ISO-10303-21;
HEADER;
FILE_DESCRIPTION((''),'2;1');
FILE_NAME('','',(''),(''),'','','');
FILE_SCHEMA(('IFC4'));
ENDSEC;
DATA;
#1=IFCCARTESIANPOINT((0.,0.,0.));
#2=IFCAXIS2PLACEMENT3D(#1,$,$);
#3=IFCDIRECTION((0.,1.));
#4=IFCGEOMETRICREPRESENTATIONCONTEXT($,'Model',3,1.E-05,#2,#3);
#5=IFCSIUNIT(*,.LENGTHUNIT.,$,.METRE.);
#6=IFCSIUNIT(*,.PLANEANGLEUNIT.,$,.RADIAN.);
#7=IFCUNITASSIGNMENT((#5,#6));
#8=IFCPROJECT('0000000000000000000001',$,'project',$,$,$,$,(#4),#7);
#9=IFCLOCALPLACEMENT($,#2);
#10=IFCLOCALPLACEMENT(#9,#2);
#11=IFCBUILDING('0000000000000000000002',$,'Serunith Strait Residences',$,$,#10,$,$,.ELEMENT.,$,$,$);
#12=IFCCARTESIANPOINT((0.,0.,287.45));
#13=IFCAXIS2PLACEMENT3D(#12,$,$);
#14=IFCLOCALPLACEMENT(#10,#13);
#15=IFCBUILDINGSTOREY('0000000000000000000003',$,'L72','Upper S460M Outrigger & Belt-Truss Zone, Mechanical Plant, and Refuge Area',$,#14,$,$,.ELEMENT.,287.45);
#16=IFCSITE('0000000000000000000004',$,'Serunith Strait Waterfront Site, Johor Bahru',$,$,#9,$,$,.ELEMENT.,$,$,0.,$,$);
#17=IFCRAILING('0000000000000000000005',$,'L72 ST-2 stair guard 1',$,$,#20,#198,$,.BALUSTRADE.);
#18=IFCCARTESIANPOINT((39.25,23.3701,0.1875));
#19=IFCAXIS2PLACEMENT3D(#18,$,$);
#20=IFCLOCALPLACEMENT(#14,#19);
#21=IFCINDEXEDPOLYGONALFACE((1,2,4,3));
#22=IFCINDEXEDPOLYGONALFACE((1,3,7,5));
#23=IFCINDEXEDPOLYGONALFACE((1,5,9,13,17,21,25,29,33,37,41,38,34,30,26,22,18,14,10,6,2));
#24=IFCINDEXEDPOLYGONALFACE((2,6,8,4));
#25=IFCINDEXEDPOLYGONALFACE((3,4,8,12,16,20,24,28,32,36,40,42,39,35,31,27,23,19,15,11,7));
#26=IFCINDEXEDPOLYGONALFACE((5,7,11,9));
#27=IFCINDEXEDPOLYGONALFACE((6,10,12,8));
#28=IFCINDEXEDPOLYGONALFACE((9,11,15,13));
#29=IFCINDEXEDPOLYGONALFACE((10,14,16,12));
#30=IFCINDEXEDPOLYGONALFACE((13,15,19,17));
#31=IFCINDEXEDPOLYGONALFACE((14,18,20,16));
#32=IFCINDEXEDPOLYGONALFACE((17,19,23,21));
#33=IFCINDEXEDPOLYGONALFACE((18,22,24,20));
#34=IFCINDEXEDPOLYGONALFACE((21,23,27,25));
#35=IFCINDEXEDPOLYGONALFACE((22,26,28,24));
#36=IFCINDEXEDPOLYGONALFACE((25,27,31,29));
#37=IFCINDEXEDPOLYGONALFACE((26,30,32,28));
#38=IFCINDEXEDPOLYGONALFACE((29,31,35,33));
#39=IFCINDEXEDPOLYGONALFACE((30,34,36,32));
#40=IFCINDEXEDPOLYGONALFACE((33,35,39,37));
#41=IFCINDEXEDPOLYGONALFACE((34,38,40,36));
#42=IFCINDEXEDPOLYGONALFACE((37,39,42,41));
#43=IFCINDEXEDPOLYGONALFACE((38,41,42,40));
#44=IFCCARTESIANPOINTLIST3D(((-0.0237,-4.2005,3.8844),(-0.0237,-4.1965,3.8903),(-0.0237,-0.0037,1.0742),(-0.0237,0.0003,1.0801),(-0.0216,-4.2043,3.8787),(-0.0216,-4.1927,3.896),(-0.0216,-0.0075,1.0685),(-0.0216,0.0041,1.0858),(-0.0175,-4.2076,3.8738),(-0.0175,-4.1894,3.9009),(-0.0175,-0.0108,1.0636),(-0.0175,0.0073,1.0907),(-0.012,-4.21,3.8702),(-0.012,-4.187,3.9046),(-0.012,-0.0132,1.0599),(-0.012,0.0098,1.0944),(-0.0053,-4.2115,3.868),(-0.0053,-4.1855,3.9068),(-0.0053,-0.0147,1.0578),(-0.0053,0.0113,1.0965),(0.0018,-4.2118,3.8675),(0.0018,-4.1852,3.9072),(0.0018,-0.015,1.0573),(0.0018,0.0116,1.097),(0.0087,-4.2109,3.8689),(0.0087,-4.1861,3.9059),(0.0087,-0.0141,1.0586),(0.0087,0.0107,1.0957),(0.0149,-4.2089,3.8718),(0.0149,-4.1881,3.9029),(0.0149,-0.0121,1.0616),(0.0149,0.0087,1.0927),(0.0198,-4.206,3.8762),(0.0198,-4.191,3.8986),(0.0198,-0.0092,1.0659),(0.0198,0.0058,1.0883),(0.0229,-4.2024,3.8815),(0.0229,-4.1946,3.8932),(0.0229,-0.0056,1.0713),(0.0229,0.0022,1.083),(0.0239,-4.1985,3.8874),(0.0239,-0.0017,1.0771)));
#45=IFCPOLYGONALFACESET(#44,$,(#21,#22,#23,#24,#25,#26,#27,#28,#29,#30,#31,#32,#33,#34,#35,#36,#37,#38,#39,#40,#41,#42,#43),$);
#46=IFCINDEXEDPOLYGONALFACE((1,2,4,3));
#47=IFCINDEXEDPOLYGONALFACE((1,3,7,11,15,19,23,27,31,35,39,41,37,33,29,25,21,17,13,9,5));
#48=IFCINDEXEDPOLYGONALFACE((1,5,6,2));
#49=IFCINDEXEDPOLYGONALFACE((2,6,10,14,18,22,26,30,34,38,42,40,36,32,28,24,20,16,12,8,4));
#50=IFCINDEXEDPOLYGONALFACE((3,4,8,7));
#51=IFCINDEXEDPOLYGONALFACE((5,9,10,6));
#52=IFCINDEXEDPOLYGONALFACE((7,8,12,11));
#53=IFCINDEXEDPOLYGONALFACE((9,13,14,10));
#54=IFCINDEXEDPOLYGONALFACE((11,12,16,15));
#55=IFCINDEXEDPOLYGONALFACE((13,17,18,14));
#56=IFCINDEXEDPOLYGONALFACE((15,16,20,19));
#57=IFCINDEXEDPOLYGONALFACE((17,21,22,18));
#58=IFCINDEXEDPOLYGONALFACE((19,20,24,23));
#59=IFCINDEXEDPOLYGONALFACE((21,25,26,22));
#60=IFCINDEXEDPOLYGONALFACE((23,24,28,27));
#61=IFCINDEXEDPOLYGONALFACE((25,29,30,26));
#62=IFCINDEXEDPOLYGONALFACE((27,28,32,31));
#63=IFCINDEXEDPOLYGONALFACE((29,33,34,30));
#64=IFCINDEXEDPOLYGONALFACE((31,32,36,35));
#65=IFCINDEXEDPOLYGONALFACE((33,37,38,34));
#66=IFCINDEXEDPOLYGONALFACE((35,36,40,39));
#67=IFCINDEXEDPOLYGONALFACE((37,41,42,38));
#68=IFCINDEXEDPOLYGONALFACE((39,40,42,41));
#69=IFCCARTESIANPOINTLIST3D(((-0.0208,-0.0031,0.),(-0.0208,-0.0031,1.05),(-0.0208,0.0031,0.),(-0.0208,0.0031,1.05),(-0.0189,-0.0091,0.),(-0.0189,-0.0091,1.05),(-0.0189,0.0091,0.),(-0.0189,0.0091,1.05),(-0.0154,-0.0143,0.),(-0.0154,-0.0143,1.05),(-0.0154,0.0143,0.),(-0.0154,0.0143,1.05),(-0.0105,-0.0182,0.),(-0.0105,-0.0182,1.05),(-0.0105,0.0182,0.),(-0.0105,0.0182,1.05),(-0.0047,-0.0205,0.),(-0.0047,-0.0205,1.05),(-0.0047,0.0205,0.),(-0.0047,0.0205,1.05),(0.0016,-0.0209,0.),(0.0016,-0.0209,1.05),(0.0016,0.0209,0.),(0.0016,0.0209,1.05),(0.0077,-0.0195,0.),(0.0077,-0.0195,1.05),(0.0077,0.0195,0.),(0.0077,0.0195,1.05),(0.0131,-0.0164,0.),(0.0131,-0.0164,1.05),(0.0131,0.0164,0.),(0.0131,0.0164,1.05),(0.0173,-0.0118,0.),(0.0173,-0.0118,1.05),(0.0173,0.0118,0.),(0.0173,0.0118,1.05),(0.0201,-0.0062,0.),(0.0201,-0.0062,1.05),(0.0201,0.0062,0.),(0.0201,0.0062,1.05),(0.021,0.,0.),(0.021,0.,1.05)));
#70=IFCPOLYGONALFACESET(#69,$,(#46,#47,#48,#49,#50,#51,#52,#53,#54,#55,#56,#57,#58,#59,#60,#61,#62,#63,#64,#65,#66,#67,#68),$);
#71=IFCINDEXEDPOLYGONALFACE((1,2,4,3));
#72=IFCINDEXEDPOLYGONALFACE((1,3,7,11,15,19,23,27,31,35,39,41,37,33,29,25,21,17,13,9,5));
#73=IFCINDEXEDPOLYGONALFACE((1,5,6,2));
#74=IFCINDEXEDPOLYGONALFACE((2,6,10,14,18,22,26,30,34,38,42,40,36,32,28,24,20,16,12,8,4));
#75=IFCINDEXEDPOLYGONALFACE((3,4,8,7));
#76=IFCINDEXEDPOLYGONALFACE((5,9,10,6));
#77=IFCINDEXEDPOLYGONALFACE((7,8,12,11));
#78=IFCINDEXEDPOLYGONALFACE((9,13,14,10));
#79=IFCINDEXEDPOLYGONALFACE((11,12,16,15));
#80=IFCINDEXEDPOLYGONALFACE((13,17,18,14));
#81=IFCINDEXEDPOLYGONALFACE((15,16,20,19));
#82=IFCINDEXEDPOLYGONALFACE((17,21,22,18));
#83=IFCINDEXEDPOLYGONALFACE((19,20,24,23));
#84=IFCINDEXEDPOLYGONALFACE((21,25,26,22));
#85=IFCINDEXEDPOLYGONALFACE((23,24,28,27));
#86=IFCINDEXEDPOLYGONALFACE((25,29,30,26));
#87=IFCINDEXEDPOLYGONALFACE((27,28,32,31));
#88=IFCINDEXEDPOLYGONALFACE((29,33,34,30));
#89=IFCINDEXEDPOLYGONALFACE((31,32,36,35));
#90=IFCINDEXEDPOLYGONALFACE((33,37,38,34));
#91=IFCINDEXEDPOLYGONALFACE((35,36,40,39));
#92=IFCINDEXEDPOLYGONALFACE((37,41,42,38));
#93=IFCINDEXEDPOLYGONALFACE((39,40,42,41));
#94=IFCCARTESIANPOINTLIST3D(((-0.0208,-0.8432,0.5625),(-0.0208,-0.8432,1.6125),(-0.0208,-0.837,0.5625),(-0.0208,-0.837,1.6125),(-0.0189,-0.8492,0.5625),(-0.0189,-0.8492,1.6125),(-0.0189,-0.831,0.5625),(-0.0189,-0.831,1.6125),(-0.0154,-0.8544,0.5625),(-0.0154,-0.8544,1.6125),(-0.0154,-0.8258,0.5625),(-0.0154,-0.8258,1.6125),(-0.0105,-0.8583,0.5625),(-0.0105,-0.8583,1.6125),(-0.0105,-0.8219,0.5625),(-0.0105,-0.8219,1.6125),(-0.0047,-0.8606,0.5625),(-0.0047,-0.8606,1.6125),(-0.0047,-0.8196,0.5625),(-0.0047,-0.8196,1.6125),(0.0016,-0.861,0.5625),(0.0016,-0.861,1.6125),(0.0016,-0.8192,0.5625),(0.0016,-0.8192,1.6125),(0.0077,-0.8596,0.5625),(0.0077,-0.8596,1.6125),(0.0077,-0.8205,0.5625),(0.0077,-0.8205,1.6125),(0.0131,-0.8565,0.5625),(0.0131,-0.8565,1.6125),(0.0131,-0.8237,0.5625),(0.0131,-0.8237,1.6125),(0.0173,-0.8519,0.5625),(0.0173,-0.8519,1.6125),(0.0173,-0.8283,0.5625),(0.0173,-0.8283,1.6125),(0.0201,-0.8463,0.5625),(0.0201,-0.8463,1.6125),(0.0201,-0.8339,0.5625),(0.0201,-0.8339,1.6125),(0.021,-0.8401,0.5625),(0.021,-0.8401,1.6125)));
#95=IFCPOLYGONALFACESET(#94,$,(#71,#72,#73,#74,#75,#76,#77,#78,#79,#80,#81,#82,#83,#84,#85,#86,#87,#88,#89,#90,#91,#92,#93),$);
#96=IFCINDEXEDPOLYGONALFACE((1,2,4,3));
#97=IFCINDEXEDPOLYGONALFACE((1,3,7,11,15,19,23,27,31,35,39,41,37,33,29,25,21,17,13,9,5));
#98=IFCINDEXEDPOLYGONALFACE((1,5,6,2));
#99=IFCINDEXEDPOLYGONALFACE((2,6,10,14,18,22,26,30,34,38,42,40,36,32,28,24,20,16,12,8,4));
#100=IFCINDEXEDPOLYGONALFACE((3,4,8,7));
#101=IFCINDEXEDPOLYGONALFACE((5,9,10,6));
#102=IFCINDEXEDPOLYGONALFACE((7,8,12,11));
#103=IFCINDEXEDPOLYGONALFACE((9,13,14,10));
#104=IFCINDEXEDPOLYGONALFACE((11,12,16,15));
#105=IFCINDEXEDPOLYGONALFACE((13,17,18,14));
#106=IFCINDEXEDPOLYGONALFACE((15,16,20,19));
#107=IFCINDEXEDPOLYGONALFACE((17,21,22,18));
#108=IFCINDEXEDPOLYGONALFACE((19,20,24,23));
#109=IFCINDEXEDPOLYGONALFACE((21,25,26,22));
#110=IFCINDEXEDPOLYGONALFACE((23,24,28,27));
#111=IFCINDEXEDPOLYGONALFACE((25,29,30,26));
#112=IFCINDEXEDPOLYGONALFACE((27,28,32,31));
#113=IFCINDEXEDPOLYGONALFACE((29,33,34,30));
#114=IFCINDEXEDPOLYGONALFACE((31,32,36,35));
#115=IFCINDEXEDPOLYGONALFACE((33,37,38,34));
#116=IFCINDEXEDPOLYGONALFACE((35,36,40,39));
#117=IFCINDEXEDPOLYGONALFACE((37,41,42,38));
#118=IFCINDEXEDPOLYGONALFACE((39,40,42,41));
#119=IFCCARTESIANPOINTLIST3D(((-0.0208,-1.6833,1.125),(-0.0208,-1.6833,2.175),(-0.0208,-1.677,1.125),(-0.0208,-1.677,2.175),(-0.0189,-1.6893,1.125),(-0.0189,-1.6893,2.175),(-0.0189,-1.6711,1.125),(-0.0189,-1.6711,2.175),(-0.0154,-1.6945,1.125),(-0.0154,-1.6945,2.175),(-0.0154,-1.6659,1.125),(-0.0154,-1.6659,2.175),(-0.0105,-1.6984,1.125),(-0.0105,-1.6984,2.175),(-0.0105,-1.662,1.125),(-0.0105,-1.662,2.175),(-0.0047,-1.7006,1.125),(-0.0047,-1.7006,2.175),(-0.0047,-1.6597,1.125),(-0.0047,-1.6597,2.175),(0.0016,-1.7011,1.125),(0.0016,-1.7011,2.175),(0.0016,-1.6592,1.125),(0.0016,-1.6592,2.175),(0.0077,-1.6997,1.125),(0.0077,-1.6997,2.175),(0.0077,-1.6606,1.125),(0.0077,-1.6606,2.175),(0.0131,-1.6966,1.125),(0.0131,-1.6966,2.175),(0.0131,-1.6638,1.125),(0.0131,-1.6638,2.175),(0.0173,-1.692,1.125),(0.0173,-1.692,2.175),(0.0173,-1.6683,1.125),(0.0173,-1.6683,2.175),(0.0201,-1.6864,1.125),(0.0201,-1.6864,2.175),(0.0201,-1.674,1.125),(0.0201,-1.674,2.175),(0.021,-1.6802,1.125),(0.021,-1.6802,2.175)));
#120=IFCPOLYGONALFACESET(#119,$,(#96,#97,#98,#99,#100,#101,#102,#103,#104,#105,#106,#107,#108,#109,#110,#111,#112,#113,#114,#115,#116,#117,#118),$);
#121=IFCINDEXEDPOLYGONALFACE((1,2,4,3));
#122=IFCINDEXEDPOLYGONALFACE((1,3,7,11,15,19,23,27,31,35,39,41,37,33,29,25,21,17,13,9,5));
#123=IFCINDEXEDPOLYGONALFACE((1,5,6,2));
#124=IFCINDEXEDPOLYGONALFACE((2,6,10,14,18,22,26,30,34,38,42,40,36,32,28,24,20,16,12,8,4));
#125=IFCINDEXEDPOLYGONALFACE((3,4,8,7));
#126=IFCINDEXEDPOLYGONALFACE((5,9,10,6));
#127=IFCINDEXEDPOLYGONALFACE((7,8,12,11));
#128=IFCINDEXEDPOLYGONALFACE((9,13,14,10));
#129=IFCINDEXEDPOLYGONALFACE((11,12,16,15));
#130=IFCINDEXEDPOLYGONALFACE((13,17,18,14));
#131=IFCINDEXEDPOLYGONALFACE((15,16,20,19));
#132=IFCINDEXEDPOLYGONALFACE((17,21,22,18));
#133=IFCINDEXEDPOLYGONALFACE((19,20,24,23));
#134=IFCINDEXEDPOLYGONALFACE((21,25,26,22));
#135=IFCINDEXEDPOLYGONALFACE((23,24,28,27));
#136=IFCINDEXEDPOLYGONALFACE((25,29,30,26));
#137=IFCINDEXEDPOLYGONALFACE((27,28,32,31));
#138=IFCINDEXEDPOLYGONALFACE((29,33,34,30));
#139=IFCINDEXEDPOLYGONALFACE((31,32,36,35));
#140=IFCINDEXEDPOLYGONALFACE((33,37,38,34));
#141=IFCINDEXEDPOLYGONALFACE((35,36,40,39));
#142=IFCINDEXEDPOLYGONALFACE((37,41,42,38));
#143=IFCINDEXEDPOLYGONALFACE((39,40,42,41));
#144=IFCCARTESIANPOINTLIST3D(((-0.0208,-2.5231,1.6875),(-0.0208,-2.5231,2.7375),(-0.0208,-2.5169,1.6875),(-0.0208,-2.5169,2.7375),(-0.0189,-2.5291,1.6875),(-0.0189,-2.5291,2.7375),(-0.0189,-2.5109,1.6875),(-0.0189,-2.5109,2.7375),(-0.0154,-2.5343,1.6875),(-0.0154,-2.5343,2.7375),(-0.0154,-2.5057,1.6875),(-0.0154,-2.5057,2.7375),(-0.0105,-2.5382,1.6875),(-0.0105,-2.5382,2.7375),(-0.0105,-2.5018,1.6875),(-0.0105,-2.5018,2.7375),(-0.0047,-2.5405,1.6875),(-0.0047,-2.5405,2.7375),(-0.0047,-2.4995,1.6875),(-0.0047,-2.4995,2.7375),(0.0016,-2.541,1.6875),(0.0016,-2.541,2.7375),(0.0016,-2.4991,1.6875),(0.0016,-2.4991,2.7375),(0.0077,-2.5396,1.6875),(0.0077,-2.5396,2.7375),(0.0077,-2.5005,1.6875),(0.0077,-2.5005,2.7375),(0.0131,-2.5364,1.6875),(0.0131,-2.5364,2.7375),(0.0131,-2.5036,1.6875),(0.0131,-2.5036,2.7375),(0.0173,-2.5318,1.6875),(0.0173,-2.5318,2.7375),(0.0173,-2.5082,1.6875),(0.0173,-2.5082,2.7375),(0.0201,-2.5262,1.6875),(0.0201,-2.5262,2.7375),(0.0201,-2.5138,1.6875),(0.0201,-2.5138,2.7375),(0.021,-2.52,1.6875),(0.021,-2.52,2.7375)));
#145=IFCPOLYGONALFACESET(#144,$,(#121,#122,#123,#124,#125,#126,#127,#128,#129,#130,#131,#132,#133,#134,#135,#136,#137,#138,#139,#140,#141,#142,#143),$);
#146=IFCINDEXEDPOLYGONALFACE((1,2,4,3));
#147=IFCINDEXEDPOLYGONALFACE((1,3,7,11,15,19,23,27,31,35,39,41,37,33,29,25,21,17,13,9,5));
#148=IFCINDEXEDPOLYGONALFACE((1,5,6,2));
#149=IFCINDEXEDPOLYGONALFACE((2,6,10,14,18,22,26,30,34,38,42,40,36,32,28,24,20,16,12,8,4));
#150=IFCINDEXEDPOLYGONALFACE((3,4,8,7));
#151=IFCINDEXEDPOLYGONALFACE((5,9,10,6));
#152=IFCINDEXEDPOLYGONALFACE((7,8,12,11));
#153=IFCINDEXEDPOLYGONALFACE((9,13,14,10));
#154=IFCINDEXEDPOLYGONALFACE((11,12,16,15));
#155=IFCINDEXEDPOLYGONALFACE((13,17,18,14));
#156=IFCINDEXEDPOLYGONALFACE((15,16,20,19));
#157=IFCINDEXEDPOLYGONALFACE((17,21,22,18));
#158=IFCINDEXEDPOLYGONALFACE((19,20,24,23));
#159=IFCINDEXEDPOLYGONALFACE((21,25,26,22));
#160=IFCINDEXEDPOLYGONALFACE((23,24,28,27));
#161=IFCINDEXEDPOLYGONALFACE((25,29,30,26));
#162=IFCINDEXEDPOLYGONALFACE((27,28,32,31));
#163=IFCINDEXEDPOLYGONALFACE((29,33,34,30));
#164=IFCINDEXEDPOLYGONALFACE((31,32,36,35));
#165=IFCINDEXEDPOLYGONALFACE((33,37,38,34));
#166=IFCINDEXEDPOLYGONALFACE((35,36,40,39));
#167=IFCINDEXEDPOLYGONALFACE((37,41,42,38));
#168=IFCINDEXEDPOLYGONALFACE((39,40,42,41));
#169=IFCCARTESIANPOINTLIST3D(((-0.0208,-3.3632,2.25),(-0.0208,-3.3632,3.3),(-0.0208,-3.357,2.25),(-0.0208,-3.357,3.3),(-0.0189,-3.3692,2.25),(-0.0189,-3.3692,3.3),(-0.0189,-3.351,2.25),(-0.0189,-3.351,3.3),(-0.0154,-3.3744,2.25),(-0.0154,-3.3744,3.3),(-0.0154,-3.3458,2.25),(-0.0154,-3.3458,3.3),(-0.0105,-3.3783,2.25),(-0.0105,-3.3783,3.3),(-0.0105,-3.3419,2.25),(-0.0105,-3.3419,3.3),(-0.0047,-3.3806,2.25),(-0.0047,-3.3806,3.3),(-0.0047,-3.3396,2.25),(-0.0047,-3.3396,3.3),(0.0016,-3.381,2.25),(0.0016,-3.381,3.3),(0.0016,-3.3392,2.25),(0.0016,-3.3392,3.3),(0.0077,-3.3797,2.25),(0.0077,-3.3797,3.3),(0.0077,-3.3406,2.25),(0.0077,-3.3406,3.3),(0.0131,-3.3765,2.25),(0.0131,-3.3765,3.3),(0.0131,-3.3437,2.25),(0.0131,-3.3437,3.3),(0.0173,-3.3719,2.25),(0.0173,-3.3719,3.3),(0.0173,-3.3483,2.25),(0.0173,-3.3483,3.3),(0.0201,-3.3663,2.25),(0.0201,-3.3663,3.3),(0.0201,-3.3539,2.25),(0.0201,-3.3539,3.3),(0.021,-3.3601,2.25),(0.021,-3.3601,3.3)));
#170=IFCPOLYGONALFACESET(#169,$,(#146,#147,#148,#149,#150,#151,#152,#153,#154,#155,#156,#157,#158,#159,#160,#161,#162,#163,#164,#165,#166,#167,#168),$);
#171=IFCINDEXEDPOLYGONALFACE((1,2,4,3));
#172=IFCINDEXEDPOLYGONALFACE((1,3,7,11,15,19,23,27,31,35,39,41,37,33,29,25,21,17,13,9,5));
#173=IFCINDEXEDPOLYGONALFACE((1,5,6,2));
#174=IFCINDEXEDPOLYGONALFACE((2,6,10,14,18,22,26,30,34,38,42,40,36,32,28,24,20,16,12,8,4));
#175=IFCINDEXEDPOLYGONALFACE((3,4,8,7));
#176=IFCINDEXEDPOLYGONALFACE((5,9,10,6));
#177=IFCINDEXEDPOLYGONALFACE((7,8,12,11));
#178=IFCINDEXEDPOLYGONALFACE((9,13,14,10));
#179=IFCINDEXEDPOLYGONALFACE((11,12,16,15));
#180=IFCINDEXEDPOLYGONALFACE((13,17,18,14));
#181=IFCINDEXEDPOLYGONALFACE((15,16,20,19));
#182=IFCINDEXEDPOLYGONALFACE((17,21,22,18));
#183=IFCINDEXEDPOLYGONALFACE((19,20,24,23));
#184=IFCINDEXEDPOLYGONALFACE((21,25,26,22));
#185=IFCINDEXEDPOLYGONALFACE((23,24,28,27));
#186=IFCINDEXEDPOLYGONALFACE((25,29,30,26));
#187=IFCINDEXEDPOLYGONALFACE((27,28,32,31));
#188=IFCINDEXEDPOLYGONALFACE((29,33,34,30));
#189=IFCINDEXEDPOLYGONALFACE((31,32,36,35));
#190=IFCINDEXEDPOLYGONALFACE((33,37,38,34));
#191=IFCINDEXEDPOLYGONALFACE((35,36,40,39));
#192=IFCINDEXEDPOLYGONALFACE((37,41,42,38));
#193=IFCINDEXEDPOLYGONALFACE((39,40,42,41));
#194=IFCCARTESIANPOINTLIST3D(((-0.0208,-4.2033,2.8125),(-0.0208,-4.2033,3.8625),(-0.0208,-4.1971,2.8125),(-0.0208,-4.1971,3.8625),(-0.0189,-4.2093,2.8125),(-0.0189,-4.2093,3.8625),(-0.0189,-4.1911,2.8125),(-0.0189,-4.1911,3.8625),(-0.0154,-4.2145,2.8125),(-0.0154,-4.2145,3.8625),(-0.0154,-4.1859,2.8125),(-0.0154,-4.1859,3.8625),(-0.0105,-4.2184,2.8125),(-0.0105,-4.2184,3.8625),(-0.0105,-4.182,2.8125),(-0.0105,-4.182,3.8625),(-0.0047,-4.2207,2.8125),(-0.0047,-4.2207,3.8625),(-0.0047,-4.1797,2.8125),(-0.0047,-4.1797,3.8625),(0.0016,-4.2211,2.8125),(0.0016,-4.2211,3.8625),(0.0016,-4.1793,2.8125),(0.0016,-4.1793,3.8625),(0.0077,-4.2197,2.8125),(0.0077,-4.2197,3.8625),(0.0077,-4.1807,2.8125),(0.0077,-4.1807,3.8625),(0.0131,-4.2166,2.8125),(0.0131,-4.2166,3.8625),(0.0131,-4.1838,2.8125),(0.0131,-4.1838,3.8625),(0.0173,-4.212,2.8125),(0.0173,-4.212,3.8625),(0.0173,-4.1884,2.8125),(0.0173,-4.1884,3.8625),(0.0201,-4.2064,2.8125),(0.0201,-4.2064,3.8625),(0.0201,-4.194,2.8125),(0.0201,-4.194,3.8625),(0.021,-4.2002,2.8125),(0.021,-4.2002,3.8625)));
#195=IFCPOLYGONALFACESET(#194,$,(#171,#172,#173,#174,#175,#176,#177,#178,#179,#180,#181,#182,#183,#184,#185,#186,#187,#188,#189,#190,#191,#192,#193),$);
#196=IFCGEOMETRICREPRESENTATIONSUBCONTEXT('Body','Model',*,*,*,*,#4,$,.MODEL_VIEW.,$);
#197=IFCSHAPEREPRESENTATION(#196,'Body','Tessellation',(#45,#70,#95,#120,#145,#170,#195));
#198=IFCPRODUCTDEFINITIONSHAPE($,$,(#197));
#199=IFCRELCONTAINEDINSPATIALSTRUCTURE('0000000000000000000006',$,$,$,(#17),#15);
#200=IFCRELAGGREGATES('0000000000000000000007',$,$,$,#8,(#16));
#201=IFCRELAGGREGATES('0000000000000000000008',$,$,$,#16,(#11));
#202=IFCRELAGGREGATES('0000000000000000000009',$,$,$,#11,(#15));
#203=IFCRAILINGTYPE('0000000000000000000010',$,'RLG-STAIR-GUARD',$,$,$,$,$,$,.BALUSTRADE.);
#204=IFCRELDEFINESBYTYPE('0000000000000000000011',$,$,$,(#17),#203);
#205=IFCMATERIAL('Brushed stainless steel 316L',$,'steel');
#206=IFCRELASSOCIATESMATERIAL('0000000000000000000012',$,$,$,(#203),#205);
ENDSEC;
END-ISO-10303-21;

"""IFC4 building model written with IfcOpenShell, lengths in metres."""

from ifc_helpers import new_model, si_unit, direction, frame, origin, origin_2d, place, context, subcontext, project, spatial, circle, extrude, material, type_object, element, save


model = new_model("IFC4")

# Units and contexts
model_context = context("Model", 3, precision=1e-05, world=origin(), true_north=direction((0.0, 1.0)))
body_context = subcontext(model_context, "Body", "Model", "MODEL_VIEW")
ifc_project = project(units=[si_unit("LENGTHUNIT", "METRE"), si_unit("PLANEANGLEUNIT", "RADIAN")], contexts=[model_context])

# Site, building, storey
site_placement = place(None, origin())
site = spatial("IfcSite", under=ifc_project, at=site_placement, Name="Serunith Strait Waterfront Site, Johor Bahru", CompositionType="ELEMENT", RefElevation=0.0)
building_placement = place(site_placement, origin())
building = spatial("IfcBuilding", under=site, at=building_placement, Name="Serunith Strait Residences", CompositionType="ELEMENT")
storey_placement = place(building_placement, frame((0.0, 0.0, 287.45)))
storey = spatial("IfcBuildingStorey", under=building, at=storey_placement, Name="L72", Description="Upper S460M Outrigger & Belt-Truss Zone, Mechanical Plant, and Refuge Area", CompositionType="ELEMENT", Elevation=287.45)

# Railing
ifc_material_1 = material(Name="Brushed stainless steel 316L", Category="steel")
railing_type_1 = type_object("IfcRailingType", Name="RLG-STAIR-GUARD", PredefinedType="BALUSTRADE", material=ifc_material_1)
railing_1_placement = place(storey_placement, frame((39.25, 23.3701, 0.1875)))
element("IfcRailing", 1, at=railing_1_placement, inside=storey, type_object=railing_type_1, Name="L72 ST-2 stair guard 1", PredefinedType="BALUSTRADE", context=body_context, shape_type="SweptSolid", body=[
    extrude(circle(Radius=0.0239, at=origin_2d()), frame((0.0, -0.0017, 1.0771), z_axis=(0.0, -0.830919, 0.556393), x_axis=(1.0, 0.0, 0.0)), (0.0, 0.0, 1.0), 5.0508),
    extrude(circle(Radius=0.021, at=origin_2d()), origin(), (0.0, 0.0, 1.0), 1.05),
    extrude(circle(Radius=0.021, at=origin_2d()), frame((0.0, -0.8401, 0.5625)), (0.0, 0.0, 1.0), 1.05),
    extrude(circle(Radius=0.021, at=origin_2d()), frame((0.0, -1.6802, 1.125)), (0.0, 0.0, 1.0), 1.05),
    extrude(circle(Radius=0.021, at=origin_2d()), frame((0.0, -2.52, 1.6875)), (0.0, 0.0, 1.0), 1.05),
    extrude(circle(Radius=0.021, at=origin_2d()), frame((0.0, -3.3601, 2.25)), (0.0, 0.0, 1.0), 1.05),
    extrude(circle(Radius=0.021, at=origin_2d()), frame((0.0, -4.2002, 2.8125)), (0.0, 0.0, 1.0), 1.05),
])

save(model, "model.ifc")
